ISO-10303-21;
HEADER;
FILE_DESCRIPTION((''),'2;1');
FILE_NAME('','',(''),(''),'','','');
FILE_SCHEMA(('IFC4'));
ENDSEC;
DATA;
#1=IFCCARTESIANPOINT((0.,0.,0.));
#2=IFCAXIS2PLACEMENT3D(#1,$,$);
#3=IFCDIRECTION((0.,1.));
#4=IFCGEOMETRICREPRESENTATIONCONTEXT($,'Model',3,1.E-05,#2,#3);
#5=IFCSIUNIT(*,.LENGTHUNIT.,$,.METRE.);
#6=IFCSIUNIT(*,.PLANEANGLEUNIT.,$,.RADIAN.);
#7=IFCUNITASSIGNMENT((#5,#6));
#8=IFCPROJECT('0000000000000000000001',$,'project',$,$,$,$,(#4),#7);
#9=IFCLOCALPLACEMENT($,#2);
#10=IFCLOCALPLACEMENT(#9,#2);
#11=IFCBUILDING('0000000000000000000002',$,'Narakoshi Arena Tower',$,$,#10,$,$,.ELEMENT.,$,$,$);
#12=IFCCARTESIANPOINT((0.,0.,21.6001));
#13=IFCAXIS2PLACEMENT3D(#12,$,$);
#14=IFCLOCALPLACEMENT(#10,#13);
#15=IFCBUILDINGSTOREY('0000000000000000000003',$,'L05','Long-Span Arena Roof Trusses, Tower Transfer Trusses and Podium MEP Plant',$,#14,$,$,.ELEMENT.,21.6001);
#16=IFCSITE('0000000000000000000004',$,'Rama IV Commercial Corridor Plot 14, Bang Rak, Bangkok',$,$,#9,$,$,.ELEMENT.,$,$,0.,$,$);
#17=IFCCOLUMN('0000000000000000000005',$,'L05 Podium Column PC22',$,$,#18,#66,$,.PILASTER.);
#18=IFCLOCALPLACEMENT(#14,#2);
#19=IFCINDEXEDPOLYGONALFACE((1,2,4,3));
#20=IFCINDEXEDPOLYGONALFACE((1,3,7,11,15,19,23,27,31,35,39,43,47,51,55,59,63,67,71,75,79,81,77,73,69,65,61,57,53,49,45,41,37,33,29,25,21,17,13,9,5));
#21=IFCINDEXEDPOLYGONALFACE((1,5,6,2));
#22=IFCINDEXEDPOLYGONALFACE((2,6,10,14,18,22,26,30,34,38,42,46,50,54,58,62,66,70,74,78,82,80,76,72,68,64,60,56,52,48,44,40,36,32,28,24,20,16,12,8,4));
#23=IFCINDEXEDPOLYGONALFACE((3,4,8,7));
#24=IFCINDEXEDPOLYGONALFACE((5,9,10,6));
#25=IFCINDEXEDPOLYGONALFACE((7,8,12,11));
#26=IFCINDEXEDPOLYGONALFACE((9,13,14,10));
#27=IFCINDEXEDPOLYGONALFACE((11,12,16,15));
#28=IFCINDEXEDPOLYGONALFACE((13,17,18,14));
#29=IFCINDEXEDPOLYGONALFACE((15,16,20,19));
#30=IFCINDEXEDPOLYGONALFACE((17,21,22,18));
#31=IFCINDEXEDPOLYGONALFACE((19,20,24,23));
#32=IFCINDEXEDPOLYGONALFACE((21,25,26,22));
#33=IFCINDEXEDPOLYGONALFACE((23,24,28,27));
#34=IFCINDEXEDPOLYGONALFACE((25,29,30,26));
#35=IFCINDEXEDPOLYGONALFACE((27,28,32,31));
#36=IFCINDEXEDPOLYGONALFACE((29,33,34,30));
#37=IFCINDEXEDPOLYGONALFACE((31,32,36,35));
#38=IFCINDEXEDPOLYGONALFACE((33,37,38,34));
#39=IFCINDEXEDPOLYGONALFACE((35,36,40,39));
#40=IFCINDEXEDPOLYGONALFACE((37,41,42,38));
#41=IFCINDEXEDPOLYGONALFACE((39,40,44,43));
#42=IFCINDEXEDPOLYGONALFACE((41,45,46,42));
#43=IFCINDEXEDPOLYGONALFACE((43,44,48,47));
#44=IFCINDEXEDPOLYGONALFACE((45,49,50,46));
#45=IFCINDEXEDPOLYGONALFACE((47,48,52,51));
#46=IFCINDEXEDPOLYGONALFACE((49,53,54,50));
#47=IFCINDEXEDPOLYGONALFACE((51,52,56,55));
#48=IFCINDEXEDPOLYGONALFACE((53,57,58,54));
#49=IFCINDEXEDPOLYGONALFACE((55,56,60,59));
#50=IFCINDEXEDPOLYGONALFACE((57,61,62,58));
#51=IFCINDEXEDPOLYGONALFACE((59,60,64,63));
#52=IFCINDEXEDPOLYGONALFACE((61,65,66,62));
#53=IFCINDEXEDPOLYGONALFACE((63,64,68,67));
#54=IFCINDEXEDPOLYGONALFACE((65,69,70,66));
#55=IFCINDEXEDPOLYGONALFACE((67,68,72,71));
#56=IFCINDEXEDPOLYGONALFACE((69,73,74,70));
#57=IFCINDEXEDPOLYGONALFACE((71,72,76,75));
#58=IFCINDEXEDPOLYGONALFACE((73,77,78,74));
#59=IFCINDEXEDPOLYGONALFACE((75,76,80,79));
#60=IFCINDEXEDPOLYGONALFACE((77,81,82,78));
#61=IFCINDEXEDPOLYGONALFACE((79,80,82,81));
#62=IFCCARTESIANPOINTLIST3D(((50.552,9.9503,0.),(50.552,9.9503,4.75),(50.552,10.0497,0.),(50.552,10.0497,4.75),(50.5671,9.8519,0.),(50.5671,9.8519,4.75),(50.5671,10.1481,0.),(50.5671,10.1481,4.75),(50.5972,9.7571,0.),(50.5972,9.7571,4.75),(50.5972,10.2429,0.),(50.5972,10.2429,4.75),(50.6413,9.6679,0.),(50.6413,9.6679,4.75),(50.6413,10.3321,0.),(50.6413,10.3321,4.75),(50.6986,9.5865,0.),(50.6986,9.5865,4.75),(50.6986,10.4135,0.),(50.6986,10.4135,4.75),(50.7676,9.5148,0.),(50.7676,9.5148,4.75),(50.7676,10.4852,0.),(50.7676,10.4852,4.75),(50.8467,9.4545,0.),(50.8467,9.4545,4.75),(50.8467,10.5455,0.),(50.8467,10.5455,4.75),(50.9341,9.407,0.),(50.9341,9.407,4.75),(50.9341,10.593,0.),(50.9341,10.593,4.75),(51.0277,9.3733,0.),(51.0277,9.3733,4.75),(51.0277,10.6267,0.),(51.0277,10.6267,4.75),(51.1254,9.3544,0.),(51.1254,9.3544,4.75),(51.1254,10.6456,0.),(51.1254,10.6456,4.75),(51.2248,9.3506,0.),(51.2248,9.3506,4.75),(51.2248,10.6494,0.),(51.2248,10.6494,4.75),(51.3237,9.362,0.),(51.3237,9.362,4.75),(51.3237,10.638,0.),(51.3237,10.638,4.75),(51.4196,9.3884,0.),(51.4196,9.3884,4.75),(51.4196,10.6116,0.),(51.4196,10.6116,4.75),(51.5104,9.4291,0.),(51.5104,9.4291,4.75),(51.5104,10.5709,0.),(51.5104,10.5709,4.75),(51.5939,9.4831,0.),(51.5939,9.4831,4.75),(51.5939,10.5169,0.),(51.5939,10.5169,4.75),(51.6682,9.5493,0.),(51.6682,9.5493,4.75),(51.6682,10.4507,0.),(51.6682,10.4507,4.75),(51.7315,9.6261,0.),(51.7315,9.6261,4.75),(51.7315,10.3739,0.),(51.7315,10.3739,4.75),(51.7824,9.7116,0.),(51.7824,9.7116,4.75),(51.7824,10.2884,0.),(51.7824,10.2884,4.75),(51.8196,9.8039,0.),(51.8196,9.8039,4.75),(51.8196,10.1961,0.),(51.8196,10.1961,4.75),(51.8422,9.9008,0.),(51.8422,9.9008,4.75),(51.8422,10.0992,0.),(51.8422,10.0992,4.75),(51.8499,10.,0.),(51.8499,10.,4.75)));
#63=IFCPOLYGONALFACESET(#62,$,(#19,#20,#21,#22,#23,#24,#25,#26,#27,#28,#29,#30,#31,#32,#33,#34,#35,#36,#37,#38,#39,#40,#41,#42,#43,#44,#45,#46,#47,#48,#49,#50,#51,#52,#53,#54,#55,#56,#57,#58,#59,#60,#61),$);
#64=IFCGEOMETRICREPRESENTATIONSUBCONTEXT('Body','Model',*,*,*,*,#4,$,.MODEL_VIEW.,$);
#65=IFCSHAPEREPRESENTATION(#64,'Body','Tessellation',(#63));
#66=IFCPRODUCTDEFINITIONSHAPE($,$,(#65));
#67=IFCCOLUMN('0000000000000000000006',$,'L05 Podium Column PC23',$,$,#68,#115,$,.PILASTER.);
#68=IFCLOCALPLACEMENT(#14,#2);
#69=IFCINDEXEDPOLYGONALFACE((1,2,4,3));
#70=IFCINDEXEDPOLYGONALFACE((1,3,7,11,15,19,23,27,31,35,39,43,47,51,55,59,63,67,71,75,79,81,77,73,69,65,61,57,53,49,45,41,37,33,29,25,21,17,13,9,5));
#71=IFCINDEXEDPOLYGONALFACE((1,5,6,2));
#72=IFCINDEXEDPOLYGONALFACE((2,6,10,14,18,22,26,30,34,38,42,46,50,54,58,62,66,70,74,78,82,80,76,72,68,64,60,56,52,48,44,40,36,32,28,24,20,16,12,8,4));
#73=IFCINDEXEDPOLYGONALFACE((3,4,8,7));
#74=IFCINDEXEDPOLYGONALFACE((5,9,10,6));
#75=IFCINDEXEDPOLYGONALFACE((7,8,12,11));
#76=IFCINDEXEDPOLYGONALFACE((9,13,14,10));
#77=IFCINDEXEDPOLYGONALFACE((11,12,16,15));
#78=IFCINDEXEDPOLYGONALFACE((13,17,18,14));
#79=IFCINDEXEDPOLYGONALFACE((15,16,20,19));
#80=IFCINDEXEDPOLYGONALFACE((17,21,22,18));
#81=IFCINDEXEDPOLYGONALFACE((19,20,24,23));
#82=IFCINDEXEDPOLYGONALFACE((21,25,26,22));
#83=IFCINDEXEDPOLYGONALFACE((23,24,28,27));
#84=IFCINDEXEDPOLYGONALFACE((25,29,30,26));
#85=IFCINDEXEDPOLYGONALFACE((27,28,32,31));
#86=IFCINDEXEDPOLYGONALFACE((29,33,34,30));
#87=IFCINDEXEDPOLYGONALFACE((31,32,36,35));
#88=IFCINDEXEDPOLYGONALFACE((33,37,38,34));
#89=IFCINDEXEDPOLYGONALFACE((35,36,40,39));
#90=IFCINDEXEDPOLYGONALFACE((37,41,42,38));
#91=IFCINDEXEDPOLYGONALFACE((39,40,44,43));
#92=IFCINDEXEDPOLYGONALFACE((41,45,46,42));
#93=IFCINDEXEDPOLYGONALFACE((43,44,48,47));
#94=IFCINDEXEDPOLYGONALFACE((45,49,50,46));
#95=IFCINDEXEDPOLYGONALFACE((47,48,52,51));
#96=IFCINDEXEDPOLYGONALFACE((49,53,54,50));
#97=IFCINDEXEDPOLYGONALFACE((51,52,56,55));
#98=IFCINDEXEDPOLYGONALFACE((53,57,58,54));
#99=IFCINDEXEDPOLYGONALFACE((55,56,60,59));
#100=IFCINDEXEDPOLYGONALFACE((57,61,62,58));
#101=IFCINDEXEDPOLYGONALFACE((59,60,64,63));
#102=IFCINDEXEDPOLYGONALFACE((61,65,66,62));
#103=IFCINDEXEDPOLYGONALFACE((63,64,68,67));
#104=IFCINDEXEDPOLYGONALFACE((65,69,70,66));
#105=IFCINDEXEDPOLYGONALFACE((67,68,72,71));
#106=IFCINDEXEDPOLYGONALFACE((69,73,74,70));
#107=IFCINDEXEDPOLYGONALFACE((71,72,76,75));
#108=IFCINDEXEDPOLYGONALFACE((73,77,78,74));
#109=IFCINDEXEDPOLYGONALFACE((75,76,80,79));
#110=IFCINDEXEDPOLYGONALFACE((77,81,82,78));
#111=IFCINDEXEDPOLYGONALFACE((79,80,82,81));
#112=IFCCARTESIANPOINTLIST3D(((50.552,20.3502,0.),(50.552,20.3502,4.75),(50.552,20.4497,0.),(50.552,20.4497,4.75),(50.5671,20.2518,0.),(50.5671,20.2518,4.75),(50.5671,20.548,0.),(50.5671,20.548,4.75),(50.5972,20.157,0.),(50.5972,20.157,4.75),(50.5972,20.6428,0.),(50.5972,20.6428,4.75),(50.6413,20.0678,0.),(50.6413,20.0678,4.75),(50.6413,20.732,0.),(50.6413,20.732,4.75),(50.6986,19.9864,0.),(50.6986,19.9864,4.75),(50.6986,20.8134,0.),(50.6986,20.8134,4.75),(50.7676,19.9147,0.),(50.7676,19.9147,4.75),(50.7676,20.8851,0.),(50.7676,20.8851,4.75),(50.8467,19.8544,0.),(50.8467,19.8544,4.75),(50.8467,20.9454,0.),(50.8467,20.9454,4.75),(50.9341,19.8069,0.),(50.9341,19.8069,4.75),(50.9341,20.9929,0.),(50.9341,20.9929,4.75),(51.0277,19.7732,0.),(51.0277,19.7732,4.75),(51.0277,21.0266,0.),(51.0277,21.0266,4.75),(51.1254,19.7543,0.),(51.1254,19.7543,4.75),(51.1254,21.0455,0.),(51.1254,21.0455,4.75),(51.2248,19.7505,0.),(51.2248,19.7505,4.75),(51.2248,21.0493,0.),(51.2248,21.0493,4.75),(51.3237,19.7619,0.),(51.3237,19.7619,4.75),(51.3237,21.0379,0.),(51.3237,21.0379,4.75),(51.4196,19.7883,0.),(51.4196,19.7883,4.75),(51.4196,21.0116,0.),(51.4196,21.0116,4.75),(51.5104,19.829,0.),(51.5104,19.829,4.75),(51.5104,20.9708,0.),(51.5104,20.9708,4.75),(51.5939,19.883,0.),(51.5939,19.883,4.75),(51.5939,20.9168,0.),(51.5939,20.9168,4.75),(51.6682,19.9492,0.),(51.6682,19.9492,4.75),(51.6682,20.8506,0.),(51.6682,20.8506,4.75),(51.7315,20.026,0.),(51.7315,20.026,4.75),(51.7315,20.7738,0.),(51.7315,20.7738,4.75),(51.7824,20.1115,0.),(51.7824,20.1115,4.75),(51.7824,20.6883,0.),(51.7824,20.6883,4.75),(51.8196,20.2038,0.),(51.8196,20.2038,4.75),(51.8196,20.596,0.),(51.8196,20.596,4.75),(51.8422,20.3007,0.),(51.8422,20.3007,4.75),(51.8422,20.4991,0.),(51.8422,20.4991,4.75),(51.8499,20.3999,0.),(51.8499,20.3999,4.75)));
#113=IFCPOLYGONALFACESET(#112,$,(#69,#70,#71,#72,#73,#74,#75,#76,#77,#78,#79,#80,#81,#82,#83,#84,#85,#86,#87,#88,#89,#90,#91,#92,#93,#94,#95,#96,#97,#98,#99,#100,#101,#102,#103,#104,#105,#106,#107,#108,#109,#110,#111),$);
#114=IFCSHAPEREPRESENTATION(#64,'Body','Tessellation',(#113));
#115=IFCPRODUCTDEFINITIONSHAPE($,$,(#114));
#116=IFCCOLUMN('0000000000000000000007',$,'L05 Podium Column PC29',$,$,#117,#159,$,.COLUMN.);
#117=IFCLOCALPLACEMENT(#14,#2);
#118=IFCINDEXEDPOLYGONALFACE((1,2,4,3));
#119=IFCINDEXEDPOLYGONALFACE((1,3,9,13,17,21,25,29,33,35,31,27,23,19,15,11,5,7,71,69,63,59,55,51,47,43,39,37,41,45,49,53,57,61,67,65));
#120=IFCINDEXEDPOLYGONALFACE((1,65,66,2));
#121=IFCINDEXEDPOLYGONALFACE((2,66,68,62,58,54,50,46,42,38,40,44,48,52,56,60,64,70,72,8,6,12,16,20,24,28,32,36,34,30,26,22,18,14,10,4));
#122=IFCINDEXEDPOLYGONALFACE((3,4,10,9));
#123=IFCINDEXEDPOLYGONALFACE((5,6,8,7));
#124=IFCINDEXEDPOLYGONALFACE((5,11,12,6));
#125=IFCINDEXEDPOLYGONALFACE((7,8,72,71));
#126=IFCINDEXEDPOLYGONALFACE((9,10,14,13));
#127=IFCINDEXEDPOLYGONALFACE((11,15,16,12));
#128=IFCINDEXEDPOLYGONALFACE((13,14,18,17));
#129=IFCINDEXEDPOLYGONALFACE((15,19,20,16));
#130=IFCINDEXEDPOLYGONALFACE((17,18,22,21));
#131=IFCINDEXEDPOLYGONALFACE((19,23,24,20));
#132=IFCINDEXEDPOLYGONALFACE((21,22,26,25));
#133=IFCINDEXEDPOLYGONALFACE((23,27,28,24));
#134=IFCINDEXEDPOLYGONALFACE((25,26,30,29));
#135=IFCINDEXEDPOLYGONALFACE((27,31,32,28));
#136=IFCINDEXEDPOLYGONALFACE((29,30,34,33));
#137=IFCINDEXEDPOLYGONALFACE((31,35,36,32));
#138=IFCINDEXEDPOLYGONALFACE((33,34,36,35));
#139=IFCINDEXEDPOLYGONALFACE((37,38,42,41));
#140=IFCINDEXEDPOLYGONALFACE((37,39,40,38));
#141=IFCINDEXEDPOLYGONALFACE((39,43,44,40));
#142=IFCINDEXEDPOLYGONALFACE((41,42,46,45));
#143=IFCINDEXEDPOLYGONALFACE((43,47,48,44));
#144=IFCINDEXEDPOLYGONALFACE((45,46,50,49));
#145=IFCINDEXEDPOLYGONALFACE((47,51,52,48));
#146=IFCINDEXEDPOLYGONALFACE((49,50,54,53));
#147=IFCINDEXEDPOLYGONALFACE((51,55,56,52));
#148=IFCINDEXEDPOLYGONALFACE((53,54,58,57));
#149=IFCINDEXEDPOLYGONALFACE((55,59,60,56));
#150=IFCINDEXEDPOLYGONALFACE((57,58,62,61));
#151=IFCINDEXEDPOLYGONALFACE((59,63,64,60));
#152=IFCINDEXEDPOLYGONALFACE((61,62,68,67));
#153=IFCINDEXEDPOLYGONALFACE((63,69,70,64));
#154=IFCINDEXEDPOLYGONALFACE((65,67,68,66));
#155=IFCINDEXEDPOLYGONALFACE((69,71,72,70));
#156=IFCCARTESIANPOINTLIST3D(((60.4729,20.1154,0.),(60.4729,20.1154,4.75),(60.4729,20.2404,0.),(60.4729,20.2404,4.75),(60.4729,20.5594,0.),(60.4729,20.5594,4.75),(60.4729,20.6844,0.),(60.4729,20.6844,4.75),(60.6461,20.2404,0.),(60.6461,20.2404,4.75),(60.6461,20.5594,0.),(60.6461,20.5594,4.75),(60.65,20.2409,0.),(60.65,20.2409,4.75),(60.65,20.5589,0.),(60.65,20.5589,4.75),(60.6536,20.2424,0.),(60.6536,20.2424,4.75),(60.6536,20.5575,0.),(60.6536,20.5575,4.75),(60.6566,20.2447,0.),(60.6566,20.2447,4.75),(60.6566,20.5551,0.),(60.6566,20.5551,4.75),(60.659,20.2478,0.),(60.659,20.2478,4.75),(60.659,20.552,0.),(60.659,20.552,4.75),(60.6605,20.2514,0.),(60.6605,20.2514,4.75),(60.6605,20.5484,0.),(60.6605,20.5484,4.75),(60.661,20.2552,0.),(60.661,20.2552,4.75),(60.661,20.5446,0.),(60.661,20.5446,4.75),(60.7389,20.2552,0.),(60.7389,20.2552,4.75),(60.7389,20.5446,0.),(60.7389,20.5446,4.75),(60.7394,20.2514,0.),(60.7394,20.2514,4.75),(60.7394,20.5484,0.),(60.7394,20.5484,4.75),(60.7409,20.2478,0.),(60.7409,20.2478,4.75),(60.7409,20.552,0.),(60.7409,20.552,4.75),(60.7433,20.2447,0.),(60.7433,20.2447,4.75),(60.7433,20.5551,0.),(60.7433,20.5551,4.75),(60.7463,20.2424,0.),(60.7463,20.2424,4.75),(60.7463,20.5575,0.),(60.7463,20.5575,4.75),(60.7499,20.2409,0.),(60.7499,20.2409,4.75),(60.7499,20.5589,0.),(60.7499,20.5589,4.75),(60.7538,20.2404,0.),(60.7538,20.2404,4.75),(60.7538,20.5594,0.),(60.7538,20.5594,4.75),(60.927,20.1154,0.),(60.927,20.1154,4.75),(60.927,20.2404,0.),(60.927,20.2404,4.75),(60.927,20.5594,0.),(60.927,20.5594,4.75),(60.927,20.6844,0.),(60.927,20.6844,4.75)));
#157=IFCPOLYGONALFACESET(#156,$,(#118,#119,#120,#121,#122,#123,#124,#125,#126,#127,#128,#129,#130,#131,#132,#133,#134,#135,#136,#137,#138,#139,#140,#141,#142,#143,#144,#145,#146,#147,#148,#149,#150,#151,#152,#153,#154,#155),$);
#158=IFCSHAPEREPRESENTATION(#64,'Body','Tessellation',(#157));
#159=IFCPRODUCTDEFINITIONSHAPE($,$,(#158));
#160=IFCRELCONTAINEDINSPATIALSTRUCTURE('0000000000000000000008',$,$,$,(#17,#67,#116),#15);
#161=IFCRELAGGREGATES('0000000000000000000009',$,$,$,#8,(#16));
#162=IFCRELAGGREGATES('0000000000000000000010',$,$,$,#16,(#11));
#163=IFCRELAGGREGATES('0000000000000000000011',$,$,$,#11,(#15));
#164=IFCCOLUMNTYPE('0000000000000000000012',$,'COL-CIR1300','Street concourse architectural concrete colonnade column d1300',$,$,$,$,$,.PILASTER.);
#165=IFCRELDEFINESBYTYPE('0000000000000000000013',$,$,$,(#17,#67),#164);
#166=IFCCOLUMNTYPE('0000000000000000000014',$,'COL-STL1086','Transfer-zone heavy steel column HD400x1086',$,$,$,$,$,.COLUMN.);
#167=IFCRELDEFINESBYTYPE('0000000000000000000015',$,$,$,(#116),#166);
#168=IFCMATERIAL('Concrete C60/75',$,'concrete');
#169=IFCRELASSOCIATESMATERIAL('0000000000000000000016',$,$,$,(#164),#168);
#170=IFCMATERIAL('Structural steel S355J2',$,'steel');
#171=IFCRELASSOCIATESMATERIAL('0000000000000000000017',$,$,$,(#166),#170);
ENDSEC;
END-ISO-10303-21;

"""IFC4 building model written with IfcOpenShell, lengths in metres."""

from ifc_helpers import new_model, si_unit, direction, frame, origin, origin_2d, place, context, subcontext, project, spatial, circle, i_section, extrude, material, material_profile, profile_set, type_object, element, save


model = new_model("IFC4")

# Units and contexts
model_context = context("Model", 3, precision=1e-05, world=origin(), true_north=direction((0.0, 1.0)))
body_context = subcontext(model_context, "Body", "Model", "MODEL_VIEW")
ifc_project = project(units=[si_unit("LENGTHUNIT", "METRE"), si_unit("PLANEANGLEUNIT", "RADIAN")], contexts=[model_context])

# Site, building, storey
site_placement = place(None, origin())
site = spatial("IfcSite", under=ifc_project, at=site_placement, Name="Rama IV Commercial Corridor Plot 14, Bang Rak, Bangkok", CompositionType="ELEMENT", RefElevation=0.0)
building_placement = place(site_placement, origin())
building = spatial("IfcBuilding", under=site, at=building_placement, Name="Narakoshi Arena Tower", CompositionType="ELEMENT")
storey_placement = place(building_placement, frame((0.0, 0.0, 21.6001)))
storey = spatial("IfcBuildingStorey", under=building, at=storey_placement, Name="L05", Description="Long-Span Arena Roof Trusses, Tower Transfer Trusses and Podium MEP Plant", CompositionType="ELEMENT", Elevation=21.6001)

# Columns
ifc_material_1 = material(Name="Concrete C60/75", Category="concrete")
ifc_material_profile_1 = material_profile(ifc_material_1, circle(Radius=0.6499, at=origin_2d()), Name="RCC1300")
ifc_profile_set_1 = profile_set([ifc_material_profile_1], Name="Concrete C60/75")
column_type_1 = type_object("IfcColumnType", Name="COL-CIR1300", Description="Street concourse architectural concrete colonnade column d1300", PredefinedType="PILASTER", material=ifc_profile_set_1)
for number, where, z_axis, x_axis, name in (
    (1, (51.2, 10.0, 0.0), (0.0, 0.0, 1.0), (1.0, 0.0, 0.0), "L05 Podium Column PC22"),
    (2, (51.2, 20.3999, 0.0), (0.0, 0.0, 1.0), (1.0, 0.0, 0.0), "L05 Podium Column PC23"),
):
    element("IfcColumn", number, at=place(storey_placement, frame(where, z_axis=z_axis, x_axis=x_axis)), inside=storey, type_object=column_type_1, Name=name, PredefinedType="PILASTER", context=body_context, shape_type="SweptSolid", body=[
        extrude(circle(Radius=0.6499, at=origin_2d()), origin(), (0.0, 0.0, 1.0), 4.75),
    ])
ifc_material_2 = material(Name="Structural steel S355J2", Category="steel")
ifc_material_profile_2 = material_profile(ifc_material_2, i_section(OverallWidth=0.4541, OverallDepth=0.5691, WebThickness=0.0779, FlangeThickness=0.125, FilletRadius=0.0149, at=origin_2d()), Name="HD400x1086")
ifc_profile_set_2 = profile_set([ifc_material_profile_2], Name="Structural steel S355J2")
column_type_2 = type_object("IfcColumnType", Name="COL-STL1086", Description="Transfer-zone heavy steel column HD400x1086", PredefinedType="COLUMN", material=ifc_profile_set_2)
column_placement = place(storey_placement, frame((60.7, 20.3999, 0.0), z_axis=(0.0, 0.0, 1.0), x_axis=(1.0, 0.0, 0.0)))
element("IfcColumn", 3, at=column_placement, inside=storey, type_object=column_type_2, Name="L05 Podium Column PC29", PredefinedType="COLUMN", context=body_context, shape_type="SweptSolid", body=[
    extrude(i_section(OverallWidth=0.4541, OverallDepth=0.5691, WebThickness=0.0779, FlangeThickness=0.125, FilletRadius=0.0149, at=origin_2d()), origin(), (0.0, 0.0, 1.0), 4.75),
])

save(model, "model.ifc")
